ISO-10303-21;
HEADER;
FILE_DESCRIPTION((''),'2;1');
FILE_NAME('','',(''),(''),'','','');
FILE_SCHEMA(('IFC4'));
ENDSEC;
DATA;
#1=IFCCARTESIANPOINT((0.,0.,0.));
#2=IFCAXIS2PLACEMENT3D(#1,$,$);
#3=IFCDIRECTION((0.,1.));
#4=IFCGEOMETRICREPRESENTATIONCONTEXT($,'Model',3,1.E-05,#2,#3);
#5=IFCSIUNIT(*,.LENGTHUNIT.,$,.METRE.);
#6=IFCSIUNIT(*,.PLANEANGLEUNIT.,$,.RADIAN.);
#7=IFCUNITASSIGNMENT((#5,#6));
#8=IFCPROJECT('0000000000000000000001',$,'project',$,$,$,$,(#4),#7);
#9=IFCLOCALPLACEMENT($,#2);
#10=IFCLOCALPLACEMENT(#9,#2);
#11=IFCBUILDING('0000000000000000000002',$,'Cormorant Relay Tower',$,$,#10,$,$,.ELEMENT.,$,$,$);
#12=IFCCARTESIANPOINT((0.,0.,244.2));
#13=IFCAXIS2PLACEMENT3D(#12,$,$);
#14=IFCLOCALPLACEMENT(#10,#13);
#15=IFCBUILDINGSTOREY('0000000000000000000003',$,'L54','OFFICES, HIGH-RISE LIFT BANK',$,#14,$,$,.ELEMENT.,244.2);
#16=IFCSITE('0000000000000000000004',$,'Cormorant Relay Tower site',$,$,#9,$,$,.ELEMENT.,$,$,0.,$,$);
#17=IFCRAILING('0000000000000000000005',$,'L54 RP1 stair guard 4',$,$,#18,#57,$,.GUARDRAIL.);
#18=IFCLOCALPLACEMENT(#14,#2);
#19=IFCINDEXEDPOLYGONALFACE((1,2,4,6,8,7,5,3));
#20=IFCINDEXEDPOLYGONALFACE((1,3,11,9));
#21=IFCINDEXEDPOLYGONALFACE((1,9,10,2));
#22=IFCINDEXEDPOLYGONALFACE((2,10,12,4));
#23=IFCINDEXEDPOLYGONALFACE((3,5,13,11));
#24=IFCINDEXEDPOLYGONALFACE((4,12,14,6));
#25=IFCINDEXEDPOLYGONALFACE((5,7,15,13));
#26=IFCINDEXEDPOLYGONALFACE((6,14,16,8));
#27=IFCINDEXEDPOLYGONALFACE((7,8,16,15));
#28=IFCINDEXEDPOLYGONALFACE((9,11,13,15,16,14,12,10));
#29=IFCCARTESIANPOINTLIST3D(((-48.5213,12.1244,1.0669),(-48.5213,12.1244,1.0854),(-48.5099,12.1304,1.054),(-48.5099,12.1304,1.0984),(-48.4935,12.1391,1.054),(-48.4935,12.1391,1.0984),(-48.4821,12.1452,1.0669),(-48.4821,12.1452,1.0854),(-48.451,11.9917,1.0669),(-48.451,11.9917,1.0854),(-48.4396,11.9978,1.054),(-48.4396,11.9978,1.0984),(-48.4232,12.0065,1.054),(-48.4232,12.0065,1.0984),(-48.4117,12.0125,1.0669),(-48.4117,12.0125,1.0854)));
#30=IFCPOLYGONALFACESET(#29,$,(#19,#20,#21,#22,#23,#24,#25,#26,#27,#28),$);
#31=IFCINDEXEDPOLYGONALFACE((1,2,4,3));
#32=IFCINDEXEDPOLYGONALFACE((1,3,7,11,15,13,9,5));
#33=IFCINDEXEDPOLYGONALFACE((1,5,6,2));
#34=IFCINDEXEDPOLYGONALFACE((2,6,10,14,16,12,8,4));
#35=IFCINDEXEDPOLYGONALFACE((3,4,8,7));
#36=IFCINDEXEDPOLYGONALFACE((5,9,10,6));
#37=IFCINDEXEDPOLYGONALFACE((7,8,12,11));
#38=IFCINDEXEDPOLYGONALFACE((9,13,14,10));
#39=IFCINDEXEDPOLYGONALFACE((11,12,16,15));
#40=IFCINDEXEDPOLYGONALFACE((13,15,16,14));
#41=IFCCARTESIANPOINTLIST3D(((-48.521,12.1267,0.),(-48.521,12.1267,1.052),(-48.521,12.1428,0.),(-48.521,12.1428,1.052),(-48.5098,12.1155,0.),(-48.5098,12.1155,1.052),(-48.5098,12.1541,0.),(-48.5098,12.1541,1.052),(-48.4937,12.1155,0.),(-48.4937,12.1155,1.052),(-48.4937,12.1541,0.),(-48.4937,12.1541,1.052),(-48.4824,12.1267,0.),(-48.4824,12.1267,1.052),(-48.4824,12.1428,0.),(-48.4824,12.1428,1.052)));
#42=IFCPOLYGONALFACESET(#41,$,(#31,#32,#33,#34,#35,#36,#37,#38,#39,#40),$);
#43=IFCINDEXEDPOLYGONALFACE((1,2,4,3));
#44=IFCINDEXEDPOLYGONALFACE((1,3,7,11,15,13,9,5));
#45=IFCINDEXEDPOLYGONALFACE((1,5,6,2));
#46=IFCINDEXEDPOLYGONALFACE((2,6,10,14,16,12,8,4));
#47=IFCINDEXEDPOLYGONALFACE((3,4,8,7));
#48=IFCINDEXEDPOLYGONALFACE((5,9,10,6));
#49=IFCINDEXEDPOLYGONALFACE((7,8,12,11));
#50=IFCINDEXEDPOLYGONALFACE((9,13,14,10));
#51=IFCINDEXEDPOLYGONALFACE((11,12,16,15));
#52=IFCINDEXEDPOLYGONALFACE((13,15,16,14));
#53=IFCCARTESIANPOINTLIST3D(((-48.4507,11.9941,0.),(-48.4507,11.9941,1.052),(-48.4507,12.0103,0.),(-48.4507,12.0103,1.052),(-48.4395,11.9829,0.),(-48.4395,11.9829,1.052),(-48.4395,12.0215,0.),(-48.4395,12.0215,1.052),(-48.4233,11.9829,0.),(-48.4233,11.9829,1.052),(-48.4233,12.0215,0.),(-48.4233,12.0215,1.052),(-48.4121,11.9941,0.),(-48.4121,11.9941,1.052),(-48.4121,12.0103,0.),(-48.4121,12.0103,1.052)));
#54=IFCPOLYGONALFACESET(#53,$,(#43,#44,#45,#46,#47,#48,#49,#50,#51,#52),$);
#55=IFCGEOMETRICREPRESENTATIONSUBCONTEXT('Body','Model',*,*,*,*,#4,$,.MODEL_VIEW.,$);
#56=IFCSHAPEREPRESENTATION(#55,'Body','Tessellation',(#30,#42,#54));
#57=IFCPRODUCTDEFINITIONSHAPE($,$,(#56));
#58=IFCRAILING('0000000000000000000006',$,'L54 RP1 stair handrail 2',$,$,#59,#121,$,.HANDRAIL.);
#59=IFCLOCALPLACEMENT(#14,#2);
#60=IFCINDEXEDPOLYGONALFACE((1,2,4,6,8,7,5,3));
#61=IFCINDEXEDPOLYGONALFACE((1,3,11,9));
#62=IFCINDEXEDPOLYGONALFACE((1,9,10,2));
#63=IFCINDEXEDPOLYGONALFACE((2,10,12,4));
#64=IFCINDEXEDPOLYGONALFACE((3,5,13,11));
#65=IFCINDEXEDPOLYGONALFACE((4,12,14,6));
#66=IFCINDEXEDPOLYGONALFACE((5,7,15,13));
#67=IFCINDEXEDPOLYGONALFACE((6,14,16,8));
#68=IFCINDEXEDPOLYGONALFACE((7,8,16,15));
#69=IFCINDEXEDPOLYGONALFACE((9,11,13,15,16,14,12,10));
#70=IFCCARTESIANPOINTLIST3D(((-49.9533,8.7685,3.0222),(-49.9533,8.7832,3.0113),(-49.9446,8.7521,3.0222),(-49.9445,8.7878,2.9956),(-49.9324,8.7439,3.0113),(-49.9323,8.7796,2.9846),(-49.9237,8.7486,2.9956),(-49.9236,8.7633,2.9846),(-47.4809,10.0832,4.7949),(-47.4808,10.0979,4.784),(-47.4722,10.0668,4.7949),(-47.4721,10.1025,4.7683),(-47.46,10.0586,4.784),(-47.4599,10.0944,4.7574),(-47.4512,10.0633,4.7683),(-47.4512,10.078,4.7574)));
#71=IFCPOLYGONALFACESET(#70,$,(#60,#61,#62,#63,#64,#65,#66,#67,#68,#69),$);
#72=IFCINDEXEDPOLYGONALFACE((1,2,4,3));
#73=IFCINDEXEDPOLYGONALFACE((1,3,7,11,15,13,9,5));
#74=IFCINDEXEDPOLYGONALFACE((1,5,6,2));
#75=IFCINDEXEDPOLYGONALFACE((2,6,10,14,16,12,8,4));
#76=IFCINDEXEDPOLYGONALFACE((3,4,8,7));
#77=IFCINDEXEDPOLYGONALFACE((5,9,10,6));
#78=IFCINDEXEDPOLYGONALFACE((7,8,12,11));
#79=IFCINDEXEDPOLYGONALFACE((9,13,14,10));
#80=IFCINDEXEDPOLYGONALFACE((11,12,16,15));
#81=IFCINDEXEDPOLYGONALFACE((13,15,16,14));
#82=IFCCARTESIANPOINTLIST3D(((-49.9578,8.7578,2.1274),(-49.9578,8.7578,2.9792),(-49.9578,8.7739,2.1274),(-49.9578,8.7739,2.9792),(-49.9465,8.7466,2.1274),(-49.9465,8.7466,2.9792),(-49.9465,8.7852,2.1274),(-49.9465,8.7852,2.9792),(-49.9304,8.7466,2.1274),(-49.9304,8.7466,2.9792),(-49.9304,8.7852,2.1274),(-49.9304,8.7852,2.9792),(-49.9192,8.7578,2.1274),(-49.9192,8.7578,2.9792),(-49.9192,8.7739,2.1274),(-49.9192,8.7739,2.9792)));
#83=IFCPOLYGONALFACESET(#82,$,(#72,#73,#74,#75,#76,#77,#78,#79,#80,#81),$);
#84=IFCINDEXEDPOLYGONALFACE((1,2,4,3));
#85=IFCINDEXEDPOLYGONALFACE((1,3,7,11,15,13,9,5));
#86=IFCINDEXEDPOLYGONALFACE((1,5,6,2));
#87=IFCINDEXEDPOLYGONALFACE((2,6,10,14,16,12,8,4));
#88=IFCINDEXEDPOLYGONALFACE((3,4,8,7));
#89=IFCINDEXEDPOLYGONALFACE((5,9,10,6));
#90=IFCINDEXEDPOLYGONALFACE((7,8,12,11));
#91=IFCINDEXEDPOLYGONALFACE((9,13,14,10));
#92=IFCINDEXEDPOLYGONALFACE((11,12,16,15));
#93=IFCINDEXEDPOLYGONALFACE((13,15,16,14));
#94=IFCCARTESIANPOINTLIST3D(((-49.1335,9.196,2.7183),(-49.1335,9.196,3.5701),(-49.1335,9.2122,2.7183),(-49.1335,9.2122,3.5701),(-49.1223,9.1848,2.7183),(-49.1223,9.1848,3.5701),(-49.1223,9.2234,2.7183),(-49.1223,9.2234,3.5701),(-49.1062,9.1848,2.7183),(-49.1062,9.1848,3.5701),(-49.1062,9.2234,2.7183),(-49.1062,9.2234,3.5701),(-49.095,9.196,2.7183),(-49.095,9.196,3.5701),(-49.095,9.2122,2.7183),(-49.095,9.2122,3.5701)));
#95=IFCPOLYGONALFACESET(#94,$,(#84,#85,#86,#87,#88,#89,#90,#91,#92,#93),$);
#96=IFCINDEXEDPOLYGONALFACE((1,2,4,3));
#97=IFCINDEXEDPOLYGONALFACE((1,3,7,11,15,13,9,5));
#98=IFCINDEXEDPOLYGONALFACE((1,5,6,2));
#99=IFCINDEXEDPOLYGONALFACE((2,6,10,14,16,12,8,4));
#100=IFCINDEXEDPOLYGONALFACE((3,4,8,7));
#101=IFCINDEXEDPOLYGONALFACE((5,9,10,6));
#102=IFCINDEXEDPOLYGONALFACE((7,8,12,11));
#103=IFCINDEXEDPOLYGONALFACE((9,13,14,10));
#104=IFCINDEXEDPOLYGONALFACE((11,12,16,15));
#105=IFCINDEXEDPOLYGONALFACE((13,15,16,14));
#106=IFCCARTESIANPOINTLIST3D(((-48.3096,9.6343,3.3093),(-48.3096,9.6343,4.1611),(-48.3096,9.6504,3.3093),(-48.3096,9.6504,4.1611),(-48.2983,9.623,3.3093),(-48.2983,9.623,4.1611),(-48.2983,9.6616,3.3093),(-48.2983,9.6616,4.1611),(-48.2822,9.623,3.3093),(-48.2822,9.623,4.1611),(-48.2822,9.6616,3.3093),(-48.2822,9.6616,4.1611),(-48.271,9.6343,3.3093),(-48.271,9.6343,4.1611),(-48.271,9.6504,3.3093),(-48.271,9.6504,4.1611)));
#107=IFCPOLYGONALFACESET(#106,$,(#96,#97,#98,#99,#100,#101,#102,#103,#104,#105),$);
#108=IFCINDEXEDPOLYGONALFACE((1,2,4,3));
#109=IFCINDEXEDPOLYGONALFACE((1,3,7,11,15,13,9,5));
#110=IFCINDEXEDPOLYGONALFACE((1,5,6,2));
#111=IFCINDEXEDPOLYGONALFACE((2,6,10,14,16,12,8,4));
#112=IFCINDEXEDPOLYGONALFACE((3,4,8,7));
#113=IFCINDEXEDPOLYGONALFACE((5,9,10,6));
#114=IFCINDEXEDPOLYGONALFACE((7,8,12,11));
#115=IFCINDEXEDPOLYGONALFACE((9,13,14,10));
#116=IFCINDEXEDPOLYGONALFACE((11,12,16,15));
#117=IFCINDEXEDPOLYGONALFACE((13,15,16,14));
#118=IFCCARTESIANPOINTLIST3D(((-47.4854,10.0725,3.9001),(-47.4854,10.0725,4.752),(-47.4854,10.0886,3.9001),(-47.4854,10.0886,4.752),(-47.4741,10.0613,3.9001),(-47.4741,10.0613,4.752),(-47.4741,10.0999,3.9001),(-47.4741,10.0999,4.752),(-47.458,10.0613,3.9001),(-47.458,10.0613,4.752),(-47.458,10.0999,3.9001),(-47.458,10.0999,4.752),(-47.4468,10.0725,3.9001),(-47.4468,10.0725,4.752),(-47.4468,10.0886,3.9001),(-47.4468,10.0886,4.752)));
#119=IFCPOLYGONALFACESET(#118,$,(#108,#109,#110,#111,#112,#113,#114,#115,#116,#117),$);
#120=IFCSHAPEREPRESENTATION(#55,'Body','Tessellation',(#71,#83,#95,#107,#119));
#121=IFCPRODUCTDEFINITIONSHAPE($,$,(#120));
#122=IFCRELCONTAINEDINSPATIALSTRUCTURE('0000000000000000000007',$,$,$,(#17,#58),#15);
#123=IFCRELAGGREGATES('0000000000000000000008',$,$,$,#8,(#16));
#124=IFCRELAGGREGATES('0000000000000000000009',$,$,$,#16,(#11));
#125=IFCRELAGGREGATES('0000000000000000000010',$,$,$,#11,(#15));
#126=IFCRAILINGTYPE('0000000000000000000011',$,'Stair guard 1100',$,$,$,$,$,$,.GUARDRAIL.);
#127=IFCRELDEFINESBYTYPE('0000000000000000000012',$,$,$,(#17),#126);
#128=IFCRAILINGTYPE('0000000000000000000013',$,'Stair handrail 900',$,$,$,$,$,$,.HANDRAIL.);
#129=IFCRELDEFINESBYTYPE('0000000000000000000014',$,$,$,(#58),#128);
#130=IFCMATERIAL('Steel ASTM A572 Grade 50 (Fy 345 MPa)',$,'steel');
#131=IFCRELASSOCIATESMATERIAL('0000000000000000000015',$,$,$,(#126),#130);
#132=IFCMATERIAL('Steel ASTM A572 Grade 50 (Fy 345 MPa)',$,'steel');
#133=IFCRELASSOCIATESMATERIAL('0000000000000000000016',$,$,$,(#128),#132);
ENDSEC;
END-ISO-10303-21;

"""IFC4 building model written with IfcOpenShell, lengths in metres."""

from ifc_helpers import new_model, si_unit, direction, frame, origin, place, context, subcontext, project, spatial, polyline, outline, extrude, material, type_object, element, save


model = new_model("IFC4")

# Units and contexts
model_context = context("Model", 3, precision=1e-05, world=origin(), true_north=direction((0.0, 1.0)))
body_context = subcontext(model_context, "Body", "Model", "MODEL_VIEW")
ifc_project = project(units=[si_unit("LENGTHUNIT", "METRE"), si_unit("PLANEANGLEUNIT", "RADIAN")], contexts=[model_context])

# Site, building, storey
site_placement = place(None, origin())
site = spatial("IfcSite", under=ifc_project, at=site_placement, Name="Cormorant Relay Tower site", CompositionType="ELEMENT", RefElevation=0.0)
building_placement = place(site_placement, origin())
building = spatial("IfcBuilding", under=site, at=building_placement, Name="Cormorant Relay Tower", CompositionType="ELEMENT")
storey_placement = place(building_placement, frame((0.0, 0.0, 244.2)))
storey = spatial("IfcBuildingStorey", under=building, at=storey_placement, Name="L54", Description="OFFICES, HIGH-RISE LIFT BANK", CompositionType="ELEMENT", Elevation=244.2)

# Railings
ifc_material_1 = material(Name="Steel ASTM A572 Grade 50 (Fy 345 MPa)", Category="steel")
railing_type_1 = type_object("IfcRailingType", Name="Stair guard 1100", PredefinedType="GUARDRAIL", material=ifc_material_1)
railing_1_placement = place(storey_placement, frame((-48.5017, 12.1348, 0.0)))
element("IfcRailing", 1, at=railing_1_placement, inside=storey, type_object=railing_type_1, Name="L54 RP1 stair guard 4", PredefinedType="GUARDRAIL", context=body_context, shape_type="SweptSolid", body=[
    extrude(outline(polyline([(0.0222, 0.0093), (0.0093, 0.0222), (-0.0093, 0.0222), (-0.0222, 0.0093), (-0.0222, -0.0093), (-0.0093, -0.0222), (0.0093, -0.0222), (0.0222, -0.0093), (0.0222, 0.0093)])), frame((0.0, 0.0, 1.0762), z_axis=(0.46856, -0.883431, 0.0), x_axis=(0.883431, 0.46856, 0.0)), (0.0, 0.0, 1.0), 0.1501),
    extrude(outline(polyline([(0.0193, 0.0081), (0.0081, 0.0193), (-0.0081, 0.0193), (-0.0193, 0.0081), (-0.0193, -0.0081), (-0.0081, -0.0193), (0.0081, -0.0193), (0.0193, -0.0081), (0.0193, 0.0081)])), origin(), (0.0, 0.0, 1.0), 1.052),
    extrude(outline(polyline([(0.0193, 0.0081), (0.0081, 0.0193), (-0.0081, 0.0193), (-0.0193, 0.0081), (-0.0193, -0.0081), (-0.0081, -0.0193), (0.0081, -0.0193), (0.0193, -0.0081), (0.0193, 0.0081)])), frame((0.0703, -0.1326, 0.0)), (0.0, 0.0, 1.0), 1.052),
])
ifc_material_2 = material(Name="Steel ASTM A572 Grade 50 (Fy 345 MPa)", Category="steel")
railing_type_2 = type_object("IfcRailingType", Name="Stair handrail 900", PredefinedType="HANDRAIL", material=ifc_material_2)
railing_2_placement = place(storey_placement, frame((-49.9385, 8.7659, 2.1274)))
element("IfcRailing", 2, at=railing_2_placement, inside=storey, type_object=railing_type_2, Name="L54 RP1 stair handrail 2", PredefinedType="HANDRAIL", context=body_context, shape_type="SweptSolid", body=[
    extrude(outline(polyline([(0.0222, 0.0093), (0.0093, 0.0222), (-0.0093, 0.0222), (-0.0222, 0.0093), (-0.0222, -0.0093), (-0.0093, -0.0222), (0.0093, -0.0222), (0.0222, -0.0093), (0.0222, 0.0093)])), frame((0.0, 0.0, 0.876), z_axis=(0.746012, 0.39669, 0.534886), x_axis=(-0.469497, 0.882934, 0.0)), (0.0, 0.0, 1.0), 3.3142),
    extrude(outline(polyline([(0.0193, 0.0081), (0.0081, 0.0193), (-0.0081, 0.0193), (-0.0193, 0.0081), (-0.0193, -0.0081), (-0.0081, -0.0193), (0.0081, -0.0193), (0.0193, -0.0081), (0.0193, 0.0081)])), origin(), (0.0, 0.0, 1.0), 0.8518),
    extrude(outline(polyline([(0.0193, 0.0081), (0.0081, 0.0193), (-0.0081, 0.0193), (-0.0193, 0.0081), (-0.0193, -0.0081), (-0.0081, -0.0193), (0.0081, -0.0193), (0.0193, -0.0081), (0.0193, 0.0081)])), frame((0.8242, 0.4382, 0.5908)), (0.0, 0.0, 1.0), 0.8518),
    extrude(outline(polyline([(0.0193, 0.0081), (0.0081, 0.0193), (-0.0081, 0.0193), (-0.0193, 0.0081), (-0.0193, -0.0081), (-0.0081, -0.0193), (0.0081, -0.0193), (0.0193, -0.0081), (0.0193, 0.0081)])), frame((1.6482, 0.8765, 1.1819)), (0.0, 0.0, 1.0), 0.8518),
    extrude(outline(polyline([(0.0193, 0.0081), (0.0081, 0.0193), (-0.0081, 0.0193), (-0.0193, 0.0081), (-0.0193, -0.0081), (-0.0081, -0.0193), (0.0081, -0.0193), (0.0193, -0.0081), (0.0193, 0.0081)])), frame((2.4724, 1.3147, 1.7727)), (0.0, 0.0, 1.0), 0.8518),
])

save(model, "model.ifc")
